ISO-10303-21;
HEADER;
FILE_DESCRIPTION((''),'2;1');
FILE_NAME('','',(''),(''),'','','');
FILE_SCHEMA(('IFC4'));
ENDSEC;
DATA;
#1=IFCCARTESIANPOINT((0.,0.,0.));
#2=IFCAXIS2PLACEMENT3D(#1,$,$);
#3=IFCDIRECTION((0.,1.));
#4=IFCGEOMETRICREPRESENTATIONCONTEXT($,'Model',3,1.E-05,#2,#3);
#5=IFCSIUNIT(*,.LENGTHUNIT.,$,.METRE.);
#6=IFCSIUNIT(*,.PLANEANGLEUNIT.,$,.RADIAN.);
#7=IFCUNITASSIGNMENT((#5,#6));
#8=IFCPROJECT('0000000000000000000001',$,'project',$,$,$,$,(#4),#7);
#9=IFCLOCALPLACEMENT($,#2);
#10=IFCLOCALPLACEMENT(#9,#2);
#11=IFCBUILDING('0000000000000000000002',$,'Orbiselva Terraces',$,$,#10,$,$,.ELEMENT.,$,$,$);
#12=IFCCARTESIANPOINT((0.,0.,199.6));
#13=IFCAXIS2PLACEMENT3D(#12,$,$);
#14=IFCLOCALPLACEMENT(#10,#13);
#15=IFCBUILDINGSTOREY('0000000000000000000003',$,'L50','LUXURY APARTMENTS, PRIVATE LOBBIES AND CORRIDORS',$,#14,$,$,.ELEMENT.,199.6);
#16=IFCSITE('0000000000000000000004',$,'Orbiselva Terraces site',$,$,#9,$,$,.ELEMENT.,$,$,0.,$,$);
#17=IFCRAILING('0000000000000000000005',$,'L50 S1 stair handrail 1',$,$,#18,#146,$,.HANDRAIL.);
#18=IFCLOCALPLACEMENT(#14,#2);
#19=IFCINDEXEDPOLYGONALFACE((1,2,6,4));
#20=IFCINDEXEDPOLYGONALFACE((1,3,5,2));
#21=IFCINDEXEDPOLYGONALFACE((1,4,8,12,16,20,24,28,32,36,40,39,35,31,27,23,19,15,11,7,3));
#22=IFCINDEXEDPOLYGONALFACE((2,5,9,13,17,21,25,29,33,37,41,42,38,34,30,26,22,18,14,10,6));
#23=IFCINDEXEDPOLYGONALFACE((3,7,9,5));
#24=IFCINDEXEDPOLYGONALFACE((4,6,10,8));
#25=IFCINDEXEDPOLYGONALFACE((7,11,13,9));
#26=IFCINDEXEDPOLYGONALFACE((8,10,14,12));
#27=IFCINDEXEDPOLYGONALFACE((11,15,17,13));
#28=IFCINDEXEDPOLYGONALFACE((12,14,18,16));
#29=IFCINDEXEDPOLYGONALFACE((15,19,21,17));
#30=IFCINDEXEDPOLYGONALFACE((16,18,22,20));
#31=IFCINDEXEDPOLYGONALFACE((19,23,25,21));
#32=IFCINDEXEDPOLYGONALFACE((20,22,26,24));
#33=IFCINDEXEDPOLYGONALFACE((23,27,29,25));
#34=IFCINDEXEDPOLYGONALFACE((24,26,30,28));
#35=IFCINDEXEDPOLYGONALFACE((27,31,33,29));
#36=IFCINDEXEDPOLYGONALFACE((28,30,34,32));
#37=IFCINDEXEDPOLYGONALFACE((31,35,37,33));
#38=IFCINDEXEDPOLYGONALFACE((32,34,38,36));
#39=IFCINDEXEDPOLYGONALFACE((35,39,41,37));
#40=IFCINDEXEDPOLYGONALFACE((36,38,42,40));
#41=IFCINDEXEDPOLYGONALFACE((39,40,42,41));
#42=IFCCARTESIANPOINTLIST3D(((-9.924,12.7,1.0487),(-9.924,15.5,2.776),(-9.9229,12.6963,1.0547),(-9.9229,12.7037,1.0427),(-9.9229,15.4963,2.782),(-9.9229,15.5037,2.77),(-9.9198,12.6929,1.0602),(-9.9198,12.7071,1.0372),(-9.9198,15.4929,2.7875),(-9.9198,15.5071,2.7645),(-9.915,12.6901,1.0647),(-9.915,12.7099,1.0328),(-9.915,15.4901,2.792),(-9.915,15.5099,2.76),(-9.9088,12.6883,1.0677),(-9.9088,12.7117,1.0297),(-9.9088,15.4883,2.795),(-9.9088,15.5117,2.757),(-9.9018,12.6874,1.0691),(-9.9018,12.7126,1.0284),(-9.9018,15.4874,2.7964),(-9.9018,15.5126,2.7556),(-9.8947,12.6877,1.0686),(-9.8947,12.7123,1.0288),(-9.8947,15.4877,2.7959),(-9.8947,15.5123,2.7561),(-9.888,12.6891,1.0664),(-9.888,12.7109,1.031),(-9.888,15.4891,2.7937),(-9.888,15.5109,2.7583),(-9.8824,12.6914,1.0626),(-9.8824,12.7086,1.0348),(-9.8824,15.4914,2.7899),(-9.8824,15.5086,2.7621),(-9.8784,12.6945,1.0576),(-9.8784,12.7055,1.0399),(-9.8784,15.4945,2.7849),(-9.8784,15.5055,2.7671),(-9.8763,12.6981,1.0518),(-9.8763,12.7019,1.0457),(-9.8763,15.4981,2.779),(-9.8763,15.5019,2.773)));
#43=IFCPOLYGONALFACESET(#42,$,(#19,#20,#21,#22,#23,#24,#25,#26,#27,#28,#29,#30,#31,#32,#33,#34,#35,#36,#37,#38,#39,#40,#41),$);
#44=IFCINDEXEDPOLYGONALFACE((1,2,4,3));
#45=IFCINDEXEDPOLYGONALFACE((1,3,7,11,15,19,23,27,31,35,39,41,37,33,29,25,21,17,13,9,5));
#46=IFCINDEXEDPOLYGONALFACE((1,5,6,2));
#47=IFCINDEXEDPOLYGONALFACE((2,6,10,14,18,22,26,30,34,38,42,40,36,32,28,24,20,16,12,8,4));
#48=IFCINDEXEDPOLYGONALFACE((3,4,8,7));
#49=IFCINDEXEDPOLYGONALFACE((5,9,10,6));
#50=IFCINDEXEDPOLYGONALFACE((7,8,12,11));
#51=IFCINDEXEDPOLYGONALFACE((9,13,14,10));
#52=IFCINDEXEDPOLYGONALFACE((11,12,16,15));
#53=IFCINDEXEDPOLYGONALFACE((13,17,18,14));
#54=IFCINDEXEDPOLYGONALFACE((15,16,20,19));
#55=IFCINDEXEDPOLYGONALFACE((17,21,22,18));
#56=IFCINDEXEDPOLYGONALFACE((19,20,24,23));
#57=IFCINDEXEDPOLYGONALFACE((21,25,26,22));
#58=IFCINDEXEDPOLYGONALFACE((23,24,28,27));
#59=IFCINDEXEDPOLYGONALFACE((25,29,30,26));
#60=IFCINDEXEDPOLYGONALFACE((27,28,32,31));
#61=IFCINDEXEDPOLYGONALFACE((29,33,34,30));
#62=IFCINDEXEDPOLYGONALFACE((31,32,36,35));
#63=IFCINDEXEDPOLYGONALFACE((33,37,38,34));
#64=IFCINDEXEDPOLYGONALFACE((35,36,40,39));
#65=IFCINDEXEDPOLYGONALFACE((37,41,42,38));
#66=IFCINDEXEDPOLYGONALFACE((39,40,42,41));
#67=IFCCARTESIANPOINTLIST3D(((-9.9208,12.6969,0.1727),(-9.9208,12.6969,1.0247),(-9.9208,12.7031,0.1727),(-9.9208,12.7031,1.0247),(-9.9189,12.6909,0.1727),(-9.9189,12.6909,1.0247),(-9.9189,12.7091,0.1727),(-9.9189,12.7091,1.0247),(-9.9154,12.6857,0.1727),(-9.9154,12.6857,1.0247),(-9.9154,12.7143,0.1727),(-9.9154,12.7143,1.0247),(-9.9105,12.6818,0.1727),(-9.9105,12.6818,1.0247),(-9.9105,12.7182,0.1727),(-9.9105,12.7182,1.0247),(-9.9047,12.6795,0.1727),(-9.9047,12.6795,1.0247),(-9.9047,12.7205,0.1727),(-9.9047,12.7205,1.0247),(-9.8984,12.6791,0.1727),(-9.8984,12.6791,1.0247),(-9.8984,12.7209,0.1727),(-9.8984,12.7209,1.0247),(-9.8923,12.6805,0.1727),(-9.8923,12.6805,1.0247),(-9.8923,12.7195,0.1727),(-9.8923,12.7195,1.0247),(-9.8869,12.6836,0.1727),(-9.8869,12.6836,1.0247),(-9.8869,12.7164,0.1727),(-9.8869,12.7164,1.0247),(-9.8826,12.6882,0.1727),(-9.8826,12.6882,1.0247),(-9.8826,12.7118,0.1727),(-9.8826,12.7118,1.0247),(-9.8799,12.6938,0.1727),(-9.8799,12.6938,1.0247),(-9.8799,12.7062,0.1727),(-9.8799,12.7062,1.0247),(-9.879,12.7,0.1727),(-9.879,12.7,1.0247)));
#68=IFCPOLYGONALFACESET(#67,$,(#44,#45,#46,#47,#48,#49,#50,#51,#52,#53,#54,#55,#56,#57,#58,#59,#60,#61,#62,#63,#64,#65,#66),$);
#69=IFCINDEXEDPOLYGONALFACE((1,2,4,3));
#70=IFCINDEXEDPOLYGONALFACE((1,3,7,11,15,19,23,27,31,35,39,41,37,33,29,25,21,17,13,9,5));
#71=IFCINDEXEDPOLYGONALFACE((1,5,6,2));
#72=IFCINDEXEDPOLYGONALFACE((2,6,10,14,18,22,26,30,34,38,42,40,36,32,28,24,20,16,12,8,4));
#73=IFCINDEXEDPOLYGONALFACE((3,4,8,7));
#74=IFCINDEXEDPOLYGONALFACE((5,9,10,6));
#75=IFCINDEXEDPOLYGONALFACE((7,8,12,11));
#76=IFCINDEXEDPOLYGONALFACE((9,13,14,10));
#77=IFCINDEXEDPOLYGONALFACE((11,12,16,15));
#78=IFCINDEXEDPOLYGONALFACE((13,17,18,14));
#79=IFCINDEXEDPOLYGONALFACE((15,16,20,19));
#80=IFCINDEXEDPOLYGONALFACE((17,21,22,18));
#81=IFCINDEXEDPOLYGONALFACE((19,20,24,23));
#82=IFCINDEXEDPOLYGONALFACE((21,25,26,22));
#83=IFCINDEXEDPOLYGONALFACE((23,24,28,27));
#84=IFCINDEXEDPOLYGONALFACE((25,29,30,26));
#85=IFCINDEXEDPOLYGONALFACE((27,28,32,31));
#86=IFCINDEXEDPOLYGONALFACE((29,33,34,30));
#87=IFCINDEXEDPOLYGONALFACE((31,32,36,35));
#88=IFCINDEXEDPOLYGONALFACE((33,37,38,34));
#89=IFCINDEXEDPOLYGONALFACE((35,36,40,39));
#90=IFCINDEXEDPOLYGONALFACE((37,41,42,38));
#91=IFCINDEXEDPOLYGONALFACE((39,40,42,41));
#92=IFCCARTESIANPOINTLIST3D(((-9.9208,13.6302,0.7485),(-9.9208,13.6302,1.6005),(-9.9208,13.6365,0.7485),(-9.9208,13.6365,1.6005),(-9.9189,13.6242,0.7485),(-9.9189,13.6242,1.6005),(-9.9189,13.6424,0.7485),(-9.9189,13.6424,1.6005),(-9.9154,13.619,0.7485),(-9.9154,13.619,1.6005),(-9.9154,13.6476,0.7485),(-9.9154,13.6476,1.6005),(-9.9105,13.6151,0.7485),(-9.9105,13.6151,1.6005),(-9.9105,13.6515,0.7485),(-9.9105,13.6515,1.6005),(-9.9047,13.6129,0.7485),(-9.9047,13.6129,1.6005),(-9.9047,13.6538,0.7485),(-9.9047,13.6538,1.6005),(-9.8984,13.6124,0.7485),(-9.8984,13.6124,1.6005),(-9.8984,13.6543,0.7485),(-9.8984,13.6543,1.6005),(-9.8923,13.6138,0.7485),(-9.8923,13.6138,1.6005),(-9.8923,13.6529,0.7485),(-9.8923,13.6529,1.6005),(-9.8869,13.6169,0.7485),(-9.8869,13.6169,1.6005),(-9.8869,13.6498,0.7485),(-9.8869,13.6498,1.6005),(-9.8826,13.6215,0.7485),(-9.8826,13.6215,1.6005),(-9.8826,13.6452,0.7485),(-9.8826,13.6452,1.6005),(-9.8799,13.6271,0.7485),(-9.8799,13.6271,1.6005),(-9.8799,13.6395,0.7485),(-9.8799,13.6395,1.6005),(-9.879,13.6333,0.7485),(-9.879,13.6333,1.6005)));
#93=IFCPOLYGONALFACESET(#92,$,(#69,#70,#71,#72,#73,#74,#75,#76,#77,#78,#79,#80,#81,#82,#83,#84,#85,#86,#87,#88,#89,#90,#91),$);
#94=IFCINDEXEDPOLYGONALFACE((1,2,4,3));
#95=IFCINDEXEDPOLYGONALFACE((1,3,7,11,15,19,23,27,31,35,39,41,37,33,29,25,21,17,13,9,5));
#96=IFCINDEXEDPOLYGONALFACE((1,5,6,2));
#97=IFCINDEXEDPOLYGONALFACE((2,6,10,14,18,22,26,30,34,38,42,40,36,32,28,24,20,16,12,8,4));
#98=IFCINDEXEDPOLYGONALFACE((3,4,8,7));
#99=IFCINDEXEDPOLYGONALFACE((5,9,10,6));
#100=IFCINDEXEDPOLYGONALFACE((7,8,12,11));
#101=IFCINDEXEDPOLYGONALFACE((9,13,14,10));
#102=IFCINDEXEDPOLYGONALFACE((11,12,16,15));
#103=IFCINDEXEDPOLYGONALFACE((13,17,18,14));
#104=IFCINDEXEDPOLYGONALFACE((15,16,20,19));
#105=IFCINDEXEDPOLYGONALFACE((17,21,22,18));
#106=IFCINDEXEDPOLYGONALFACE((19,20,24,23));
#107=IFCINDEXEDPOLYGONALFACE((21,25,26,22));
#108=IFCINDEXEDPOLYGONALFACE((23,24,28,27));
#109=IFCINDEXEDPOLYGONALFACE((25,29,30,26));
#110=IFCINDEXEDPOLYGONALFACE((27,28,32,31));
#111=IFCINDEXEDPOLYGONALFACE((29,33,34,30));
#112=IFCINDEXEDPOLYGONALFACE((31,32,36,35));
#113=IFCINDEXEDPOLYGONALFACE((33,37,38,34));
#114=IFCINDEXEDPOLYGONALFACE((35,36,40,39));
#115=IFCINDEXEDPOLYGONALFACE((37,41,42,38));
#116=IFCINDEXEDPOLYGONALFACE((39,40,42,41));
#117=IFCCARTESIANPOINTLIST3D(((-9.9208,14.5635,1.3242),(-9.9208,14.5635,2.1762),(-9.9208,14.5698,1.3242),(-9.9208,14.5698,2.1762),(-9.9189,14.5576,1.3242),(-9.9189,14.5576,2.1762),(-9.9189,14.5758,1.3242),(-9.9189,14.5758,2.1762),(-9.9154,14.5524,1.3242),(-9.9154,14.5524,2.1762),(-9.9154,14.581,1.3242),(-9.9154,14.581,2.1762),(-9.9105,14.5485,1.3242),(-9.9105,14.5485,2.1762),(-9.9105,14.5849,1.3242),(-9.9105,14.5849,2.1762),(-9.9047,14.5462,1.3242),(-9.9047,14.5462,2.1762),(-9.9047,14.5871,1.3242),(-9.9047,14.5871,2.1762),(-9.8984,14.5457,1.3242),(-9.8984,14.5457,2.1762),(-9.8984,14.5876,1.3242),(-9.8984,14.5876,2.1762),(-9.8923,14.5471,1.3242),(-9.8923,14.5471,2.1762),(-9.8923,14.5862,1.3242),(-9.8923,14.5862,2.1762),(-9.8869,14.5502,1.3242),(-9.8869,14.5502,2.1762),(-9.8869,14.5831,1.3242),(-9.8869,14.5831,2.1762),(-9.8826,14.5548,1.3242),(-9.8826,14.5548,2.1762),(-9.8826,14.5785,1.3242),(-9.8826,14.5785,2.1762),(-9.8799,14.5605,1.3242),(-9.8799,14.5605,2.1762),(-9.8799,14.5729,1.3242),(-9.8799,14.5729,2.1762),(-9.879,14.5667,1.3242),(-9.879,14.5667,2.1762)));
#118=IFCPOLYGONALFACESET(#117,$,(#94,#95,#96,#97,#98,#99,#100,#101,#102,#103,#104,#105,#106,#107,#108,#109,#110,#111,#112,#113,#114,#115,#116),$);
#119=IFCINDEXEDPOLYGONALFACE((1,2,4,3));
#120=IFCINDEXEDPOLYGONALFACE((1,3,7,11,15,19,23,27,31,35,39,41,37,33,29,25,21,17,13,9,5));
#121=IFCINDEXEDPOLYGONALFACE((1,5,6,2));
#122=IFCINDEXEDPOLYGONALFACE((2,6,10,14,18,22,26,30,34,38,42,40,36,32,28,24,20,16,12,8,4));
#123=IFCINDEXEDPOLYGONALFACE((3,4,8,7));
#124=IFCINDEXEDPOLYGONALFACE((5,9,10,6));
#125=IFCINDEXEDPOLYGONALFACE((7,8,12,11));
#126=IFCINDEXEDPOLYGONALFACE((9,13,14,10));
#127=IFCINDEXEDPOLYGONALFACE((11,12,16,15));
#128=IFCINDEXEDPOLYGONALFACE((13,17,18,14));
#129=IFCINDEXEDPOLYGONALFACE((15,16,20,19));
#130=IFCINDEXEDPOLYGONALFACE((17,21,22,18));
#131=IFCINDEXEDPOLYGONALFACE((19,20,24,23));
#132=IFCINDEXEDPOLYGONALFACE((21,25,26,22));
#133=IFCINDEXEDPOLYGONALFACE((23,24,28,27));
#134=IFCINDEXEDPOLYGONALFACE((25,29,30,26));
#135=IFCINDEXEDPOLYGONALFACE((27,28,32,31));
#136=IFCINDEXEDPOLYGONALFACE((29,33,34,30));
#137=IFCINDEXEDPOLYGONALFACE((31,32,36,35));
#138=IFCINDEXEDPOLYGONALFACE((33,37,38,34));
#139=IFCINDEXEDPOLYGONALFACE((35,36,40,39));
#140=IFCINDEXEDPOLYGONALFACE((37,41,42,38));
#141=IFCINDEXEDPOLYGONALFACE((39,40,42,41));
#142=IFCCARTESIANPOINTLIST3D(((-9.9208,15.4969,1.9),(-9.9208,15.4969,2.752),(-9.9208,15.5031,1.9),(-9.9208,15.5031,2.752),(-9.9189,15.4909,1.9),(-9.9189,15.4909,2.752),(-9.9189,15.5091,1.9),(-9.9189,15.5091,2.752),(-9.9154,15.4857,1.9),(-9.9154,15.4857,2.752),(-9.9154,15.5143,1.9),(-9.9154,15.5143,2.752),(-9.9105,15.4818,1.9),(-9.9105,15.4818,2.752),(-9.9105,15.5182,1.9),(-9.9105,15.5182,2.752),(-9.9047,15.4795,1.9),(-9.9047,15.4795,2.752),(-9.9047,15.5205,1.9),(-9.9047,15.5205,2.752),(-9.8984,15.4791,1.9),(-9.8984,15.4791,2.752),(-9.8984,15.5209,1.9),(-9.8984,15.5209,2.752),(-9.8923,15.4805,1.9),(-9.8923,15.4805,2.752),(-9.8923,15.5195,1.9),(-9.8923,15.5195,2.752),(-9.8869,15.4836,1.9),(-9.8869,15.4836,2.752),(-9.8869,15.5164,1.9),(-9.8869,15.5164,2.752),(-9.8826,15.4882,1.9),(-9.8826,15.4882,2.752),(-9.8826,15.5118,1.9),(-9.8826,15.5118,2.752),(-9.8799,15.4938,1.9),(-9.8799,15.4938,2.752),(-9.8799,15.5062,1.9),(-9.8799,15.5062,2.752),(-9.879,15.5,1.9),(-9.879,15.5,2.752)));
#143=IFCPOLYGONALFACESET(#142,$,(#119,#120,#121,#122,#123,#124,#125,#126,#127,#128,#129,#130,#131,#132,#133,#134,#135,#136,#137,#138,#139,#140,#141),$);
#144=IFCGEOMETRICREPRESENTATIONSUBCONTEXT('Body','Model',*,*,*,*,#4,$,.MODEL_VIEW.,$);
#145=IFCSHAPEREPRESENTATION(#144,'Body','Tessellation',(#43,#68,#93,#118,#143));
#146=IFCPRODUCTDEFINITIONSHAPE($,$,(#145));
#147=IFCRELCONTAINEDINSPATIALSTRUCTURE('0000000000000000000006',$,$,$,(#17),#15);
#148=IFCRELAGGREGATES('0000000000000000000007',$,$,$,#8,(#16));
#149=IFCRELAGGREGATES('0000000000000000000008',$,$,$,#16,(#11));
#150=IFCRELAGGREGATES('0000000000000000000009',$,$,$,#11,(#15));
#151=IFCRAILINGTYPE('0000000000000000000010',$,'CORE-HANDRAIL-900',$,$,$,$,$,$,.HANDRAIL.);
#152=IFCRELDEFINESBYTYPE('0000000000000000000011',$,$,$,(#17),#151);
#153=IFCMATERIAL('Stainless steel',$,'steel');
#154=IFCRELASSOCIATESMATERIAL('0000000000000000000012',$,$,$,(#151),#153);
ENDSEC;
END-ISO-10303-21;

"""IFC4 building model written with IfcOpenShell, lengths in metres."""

from ifc_helpers import new_model, si_unit, direction, frame, origin, origin_2d, place, context, subcontext, project, spatial, circle, extrude, material, type_object, element, save


model = new_model("IFC4")

# Units and contexts
model_context = context("Model", 3, precision=1e-05, world=origin(), true_north=direction((0.0, 1.0)))
body_context = subcontext(model_context, "Body", "Model", "MODEL_VIEW")
ifc_project = project(units=[si_unit("LENGTHUNIT", "METRE"), si_unit("PLANEANGLEUNIT", "RADIAN")], contexts=[model_context])

# Site, building, storey
site_placement = place(None, origin())
site = spatial("IfcSite", under=ifc_project, at=site_placement, Name="Orbiselva Terraces site", CompositionType="ELEMENT", RefElevation=0.0)
building_placement = place(site_placement, origin())
building = spatial("IfcBuilding", under=site, at=building_placement, Name="Orbiselva Terraces", CompositionType="ELEMENT")
storey_placement = place(building_placement, frame((0.0, 0.0, 199.6)))
storey = spatial("IfcBuildingStorey", under=building, at=storey_placement, Name="L50", Description="LUXURY APARTMENTS, PRIVATE LOBBIES AND CORRIDORS", CompositionType="ELEMENT", Elevation=199.6)

# Railing
ifc_material_1 = material(Name="Stainless steel", Category="steel")
railing_type_1 = type_object("IfcRailingType", Name="CORE-HANDRAIL-900", PredefinedType="HANDRAIL", material=ifc_material_1)
railing_1_placement = place(storey_placement, frame((-9.9, 12.7, 0.1727)))
element("IfcRailing", 1, at=railing_1_placement, inside=storey, type_object=railing_type_1, Name="L50 S1 stair handrail 1", PredefinedType="HANDRAIL", context=body_context, shape_type="SweptSolid", body=[
    extrude(circle(Radius=0.024, at=origin_2d()), frame((0.0, 0.0, 0.876), z_axis=(0.0, 0.851089, 0.525022), x_axis=(-1.0, 0.0, 0.0)), (0.0, 0.0, 1.0), 3.2899),
    extrude(circle(Radius=0.021, at=origin_2d()), origin(), (0.0, 0.0, 1.0), 0.852),
    extrude(circle(Radius=0.021, at=origin_2d()), frame((0.0, 0.9333, 0.5758)), (0.0, 0.0, 1.0), 0.852),
    extrude(circle(Radius=0.021, at=origin_2d()), frame((0.0, 1.8667, 1.1515)), (0.0, 0.0, 1.0), 0.852),
    extrude(circle(Radius=0.021, at=origin_2d()), frame((0.0, 2.8, 1.7273)), (0.0, 0.0, 1.0), 0.852),
])

save(model, "model.ifc")
